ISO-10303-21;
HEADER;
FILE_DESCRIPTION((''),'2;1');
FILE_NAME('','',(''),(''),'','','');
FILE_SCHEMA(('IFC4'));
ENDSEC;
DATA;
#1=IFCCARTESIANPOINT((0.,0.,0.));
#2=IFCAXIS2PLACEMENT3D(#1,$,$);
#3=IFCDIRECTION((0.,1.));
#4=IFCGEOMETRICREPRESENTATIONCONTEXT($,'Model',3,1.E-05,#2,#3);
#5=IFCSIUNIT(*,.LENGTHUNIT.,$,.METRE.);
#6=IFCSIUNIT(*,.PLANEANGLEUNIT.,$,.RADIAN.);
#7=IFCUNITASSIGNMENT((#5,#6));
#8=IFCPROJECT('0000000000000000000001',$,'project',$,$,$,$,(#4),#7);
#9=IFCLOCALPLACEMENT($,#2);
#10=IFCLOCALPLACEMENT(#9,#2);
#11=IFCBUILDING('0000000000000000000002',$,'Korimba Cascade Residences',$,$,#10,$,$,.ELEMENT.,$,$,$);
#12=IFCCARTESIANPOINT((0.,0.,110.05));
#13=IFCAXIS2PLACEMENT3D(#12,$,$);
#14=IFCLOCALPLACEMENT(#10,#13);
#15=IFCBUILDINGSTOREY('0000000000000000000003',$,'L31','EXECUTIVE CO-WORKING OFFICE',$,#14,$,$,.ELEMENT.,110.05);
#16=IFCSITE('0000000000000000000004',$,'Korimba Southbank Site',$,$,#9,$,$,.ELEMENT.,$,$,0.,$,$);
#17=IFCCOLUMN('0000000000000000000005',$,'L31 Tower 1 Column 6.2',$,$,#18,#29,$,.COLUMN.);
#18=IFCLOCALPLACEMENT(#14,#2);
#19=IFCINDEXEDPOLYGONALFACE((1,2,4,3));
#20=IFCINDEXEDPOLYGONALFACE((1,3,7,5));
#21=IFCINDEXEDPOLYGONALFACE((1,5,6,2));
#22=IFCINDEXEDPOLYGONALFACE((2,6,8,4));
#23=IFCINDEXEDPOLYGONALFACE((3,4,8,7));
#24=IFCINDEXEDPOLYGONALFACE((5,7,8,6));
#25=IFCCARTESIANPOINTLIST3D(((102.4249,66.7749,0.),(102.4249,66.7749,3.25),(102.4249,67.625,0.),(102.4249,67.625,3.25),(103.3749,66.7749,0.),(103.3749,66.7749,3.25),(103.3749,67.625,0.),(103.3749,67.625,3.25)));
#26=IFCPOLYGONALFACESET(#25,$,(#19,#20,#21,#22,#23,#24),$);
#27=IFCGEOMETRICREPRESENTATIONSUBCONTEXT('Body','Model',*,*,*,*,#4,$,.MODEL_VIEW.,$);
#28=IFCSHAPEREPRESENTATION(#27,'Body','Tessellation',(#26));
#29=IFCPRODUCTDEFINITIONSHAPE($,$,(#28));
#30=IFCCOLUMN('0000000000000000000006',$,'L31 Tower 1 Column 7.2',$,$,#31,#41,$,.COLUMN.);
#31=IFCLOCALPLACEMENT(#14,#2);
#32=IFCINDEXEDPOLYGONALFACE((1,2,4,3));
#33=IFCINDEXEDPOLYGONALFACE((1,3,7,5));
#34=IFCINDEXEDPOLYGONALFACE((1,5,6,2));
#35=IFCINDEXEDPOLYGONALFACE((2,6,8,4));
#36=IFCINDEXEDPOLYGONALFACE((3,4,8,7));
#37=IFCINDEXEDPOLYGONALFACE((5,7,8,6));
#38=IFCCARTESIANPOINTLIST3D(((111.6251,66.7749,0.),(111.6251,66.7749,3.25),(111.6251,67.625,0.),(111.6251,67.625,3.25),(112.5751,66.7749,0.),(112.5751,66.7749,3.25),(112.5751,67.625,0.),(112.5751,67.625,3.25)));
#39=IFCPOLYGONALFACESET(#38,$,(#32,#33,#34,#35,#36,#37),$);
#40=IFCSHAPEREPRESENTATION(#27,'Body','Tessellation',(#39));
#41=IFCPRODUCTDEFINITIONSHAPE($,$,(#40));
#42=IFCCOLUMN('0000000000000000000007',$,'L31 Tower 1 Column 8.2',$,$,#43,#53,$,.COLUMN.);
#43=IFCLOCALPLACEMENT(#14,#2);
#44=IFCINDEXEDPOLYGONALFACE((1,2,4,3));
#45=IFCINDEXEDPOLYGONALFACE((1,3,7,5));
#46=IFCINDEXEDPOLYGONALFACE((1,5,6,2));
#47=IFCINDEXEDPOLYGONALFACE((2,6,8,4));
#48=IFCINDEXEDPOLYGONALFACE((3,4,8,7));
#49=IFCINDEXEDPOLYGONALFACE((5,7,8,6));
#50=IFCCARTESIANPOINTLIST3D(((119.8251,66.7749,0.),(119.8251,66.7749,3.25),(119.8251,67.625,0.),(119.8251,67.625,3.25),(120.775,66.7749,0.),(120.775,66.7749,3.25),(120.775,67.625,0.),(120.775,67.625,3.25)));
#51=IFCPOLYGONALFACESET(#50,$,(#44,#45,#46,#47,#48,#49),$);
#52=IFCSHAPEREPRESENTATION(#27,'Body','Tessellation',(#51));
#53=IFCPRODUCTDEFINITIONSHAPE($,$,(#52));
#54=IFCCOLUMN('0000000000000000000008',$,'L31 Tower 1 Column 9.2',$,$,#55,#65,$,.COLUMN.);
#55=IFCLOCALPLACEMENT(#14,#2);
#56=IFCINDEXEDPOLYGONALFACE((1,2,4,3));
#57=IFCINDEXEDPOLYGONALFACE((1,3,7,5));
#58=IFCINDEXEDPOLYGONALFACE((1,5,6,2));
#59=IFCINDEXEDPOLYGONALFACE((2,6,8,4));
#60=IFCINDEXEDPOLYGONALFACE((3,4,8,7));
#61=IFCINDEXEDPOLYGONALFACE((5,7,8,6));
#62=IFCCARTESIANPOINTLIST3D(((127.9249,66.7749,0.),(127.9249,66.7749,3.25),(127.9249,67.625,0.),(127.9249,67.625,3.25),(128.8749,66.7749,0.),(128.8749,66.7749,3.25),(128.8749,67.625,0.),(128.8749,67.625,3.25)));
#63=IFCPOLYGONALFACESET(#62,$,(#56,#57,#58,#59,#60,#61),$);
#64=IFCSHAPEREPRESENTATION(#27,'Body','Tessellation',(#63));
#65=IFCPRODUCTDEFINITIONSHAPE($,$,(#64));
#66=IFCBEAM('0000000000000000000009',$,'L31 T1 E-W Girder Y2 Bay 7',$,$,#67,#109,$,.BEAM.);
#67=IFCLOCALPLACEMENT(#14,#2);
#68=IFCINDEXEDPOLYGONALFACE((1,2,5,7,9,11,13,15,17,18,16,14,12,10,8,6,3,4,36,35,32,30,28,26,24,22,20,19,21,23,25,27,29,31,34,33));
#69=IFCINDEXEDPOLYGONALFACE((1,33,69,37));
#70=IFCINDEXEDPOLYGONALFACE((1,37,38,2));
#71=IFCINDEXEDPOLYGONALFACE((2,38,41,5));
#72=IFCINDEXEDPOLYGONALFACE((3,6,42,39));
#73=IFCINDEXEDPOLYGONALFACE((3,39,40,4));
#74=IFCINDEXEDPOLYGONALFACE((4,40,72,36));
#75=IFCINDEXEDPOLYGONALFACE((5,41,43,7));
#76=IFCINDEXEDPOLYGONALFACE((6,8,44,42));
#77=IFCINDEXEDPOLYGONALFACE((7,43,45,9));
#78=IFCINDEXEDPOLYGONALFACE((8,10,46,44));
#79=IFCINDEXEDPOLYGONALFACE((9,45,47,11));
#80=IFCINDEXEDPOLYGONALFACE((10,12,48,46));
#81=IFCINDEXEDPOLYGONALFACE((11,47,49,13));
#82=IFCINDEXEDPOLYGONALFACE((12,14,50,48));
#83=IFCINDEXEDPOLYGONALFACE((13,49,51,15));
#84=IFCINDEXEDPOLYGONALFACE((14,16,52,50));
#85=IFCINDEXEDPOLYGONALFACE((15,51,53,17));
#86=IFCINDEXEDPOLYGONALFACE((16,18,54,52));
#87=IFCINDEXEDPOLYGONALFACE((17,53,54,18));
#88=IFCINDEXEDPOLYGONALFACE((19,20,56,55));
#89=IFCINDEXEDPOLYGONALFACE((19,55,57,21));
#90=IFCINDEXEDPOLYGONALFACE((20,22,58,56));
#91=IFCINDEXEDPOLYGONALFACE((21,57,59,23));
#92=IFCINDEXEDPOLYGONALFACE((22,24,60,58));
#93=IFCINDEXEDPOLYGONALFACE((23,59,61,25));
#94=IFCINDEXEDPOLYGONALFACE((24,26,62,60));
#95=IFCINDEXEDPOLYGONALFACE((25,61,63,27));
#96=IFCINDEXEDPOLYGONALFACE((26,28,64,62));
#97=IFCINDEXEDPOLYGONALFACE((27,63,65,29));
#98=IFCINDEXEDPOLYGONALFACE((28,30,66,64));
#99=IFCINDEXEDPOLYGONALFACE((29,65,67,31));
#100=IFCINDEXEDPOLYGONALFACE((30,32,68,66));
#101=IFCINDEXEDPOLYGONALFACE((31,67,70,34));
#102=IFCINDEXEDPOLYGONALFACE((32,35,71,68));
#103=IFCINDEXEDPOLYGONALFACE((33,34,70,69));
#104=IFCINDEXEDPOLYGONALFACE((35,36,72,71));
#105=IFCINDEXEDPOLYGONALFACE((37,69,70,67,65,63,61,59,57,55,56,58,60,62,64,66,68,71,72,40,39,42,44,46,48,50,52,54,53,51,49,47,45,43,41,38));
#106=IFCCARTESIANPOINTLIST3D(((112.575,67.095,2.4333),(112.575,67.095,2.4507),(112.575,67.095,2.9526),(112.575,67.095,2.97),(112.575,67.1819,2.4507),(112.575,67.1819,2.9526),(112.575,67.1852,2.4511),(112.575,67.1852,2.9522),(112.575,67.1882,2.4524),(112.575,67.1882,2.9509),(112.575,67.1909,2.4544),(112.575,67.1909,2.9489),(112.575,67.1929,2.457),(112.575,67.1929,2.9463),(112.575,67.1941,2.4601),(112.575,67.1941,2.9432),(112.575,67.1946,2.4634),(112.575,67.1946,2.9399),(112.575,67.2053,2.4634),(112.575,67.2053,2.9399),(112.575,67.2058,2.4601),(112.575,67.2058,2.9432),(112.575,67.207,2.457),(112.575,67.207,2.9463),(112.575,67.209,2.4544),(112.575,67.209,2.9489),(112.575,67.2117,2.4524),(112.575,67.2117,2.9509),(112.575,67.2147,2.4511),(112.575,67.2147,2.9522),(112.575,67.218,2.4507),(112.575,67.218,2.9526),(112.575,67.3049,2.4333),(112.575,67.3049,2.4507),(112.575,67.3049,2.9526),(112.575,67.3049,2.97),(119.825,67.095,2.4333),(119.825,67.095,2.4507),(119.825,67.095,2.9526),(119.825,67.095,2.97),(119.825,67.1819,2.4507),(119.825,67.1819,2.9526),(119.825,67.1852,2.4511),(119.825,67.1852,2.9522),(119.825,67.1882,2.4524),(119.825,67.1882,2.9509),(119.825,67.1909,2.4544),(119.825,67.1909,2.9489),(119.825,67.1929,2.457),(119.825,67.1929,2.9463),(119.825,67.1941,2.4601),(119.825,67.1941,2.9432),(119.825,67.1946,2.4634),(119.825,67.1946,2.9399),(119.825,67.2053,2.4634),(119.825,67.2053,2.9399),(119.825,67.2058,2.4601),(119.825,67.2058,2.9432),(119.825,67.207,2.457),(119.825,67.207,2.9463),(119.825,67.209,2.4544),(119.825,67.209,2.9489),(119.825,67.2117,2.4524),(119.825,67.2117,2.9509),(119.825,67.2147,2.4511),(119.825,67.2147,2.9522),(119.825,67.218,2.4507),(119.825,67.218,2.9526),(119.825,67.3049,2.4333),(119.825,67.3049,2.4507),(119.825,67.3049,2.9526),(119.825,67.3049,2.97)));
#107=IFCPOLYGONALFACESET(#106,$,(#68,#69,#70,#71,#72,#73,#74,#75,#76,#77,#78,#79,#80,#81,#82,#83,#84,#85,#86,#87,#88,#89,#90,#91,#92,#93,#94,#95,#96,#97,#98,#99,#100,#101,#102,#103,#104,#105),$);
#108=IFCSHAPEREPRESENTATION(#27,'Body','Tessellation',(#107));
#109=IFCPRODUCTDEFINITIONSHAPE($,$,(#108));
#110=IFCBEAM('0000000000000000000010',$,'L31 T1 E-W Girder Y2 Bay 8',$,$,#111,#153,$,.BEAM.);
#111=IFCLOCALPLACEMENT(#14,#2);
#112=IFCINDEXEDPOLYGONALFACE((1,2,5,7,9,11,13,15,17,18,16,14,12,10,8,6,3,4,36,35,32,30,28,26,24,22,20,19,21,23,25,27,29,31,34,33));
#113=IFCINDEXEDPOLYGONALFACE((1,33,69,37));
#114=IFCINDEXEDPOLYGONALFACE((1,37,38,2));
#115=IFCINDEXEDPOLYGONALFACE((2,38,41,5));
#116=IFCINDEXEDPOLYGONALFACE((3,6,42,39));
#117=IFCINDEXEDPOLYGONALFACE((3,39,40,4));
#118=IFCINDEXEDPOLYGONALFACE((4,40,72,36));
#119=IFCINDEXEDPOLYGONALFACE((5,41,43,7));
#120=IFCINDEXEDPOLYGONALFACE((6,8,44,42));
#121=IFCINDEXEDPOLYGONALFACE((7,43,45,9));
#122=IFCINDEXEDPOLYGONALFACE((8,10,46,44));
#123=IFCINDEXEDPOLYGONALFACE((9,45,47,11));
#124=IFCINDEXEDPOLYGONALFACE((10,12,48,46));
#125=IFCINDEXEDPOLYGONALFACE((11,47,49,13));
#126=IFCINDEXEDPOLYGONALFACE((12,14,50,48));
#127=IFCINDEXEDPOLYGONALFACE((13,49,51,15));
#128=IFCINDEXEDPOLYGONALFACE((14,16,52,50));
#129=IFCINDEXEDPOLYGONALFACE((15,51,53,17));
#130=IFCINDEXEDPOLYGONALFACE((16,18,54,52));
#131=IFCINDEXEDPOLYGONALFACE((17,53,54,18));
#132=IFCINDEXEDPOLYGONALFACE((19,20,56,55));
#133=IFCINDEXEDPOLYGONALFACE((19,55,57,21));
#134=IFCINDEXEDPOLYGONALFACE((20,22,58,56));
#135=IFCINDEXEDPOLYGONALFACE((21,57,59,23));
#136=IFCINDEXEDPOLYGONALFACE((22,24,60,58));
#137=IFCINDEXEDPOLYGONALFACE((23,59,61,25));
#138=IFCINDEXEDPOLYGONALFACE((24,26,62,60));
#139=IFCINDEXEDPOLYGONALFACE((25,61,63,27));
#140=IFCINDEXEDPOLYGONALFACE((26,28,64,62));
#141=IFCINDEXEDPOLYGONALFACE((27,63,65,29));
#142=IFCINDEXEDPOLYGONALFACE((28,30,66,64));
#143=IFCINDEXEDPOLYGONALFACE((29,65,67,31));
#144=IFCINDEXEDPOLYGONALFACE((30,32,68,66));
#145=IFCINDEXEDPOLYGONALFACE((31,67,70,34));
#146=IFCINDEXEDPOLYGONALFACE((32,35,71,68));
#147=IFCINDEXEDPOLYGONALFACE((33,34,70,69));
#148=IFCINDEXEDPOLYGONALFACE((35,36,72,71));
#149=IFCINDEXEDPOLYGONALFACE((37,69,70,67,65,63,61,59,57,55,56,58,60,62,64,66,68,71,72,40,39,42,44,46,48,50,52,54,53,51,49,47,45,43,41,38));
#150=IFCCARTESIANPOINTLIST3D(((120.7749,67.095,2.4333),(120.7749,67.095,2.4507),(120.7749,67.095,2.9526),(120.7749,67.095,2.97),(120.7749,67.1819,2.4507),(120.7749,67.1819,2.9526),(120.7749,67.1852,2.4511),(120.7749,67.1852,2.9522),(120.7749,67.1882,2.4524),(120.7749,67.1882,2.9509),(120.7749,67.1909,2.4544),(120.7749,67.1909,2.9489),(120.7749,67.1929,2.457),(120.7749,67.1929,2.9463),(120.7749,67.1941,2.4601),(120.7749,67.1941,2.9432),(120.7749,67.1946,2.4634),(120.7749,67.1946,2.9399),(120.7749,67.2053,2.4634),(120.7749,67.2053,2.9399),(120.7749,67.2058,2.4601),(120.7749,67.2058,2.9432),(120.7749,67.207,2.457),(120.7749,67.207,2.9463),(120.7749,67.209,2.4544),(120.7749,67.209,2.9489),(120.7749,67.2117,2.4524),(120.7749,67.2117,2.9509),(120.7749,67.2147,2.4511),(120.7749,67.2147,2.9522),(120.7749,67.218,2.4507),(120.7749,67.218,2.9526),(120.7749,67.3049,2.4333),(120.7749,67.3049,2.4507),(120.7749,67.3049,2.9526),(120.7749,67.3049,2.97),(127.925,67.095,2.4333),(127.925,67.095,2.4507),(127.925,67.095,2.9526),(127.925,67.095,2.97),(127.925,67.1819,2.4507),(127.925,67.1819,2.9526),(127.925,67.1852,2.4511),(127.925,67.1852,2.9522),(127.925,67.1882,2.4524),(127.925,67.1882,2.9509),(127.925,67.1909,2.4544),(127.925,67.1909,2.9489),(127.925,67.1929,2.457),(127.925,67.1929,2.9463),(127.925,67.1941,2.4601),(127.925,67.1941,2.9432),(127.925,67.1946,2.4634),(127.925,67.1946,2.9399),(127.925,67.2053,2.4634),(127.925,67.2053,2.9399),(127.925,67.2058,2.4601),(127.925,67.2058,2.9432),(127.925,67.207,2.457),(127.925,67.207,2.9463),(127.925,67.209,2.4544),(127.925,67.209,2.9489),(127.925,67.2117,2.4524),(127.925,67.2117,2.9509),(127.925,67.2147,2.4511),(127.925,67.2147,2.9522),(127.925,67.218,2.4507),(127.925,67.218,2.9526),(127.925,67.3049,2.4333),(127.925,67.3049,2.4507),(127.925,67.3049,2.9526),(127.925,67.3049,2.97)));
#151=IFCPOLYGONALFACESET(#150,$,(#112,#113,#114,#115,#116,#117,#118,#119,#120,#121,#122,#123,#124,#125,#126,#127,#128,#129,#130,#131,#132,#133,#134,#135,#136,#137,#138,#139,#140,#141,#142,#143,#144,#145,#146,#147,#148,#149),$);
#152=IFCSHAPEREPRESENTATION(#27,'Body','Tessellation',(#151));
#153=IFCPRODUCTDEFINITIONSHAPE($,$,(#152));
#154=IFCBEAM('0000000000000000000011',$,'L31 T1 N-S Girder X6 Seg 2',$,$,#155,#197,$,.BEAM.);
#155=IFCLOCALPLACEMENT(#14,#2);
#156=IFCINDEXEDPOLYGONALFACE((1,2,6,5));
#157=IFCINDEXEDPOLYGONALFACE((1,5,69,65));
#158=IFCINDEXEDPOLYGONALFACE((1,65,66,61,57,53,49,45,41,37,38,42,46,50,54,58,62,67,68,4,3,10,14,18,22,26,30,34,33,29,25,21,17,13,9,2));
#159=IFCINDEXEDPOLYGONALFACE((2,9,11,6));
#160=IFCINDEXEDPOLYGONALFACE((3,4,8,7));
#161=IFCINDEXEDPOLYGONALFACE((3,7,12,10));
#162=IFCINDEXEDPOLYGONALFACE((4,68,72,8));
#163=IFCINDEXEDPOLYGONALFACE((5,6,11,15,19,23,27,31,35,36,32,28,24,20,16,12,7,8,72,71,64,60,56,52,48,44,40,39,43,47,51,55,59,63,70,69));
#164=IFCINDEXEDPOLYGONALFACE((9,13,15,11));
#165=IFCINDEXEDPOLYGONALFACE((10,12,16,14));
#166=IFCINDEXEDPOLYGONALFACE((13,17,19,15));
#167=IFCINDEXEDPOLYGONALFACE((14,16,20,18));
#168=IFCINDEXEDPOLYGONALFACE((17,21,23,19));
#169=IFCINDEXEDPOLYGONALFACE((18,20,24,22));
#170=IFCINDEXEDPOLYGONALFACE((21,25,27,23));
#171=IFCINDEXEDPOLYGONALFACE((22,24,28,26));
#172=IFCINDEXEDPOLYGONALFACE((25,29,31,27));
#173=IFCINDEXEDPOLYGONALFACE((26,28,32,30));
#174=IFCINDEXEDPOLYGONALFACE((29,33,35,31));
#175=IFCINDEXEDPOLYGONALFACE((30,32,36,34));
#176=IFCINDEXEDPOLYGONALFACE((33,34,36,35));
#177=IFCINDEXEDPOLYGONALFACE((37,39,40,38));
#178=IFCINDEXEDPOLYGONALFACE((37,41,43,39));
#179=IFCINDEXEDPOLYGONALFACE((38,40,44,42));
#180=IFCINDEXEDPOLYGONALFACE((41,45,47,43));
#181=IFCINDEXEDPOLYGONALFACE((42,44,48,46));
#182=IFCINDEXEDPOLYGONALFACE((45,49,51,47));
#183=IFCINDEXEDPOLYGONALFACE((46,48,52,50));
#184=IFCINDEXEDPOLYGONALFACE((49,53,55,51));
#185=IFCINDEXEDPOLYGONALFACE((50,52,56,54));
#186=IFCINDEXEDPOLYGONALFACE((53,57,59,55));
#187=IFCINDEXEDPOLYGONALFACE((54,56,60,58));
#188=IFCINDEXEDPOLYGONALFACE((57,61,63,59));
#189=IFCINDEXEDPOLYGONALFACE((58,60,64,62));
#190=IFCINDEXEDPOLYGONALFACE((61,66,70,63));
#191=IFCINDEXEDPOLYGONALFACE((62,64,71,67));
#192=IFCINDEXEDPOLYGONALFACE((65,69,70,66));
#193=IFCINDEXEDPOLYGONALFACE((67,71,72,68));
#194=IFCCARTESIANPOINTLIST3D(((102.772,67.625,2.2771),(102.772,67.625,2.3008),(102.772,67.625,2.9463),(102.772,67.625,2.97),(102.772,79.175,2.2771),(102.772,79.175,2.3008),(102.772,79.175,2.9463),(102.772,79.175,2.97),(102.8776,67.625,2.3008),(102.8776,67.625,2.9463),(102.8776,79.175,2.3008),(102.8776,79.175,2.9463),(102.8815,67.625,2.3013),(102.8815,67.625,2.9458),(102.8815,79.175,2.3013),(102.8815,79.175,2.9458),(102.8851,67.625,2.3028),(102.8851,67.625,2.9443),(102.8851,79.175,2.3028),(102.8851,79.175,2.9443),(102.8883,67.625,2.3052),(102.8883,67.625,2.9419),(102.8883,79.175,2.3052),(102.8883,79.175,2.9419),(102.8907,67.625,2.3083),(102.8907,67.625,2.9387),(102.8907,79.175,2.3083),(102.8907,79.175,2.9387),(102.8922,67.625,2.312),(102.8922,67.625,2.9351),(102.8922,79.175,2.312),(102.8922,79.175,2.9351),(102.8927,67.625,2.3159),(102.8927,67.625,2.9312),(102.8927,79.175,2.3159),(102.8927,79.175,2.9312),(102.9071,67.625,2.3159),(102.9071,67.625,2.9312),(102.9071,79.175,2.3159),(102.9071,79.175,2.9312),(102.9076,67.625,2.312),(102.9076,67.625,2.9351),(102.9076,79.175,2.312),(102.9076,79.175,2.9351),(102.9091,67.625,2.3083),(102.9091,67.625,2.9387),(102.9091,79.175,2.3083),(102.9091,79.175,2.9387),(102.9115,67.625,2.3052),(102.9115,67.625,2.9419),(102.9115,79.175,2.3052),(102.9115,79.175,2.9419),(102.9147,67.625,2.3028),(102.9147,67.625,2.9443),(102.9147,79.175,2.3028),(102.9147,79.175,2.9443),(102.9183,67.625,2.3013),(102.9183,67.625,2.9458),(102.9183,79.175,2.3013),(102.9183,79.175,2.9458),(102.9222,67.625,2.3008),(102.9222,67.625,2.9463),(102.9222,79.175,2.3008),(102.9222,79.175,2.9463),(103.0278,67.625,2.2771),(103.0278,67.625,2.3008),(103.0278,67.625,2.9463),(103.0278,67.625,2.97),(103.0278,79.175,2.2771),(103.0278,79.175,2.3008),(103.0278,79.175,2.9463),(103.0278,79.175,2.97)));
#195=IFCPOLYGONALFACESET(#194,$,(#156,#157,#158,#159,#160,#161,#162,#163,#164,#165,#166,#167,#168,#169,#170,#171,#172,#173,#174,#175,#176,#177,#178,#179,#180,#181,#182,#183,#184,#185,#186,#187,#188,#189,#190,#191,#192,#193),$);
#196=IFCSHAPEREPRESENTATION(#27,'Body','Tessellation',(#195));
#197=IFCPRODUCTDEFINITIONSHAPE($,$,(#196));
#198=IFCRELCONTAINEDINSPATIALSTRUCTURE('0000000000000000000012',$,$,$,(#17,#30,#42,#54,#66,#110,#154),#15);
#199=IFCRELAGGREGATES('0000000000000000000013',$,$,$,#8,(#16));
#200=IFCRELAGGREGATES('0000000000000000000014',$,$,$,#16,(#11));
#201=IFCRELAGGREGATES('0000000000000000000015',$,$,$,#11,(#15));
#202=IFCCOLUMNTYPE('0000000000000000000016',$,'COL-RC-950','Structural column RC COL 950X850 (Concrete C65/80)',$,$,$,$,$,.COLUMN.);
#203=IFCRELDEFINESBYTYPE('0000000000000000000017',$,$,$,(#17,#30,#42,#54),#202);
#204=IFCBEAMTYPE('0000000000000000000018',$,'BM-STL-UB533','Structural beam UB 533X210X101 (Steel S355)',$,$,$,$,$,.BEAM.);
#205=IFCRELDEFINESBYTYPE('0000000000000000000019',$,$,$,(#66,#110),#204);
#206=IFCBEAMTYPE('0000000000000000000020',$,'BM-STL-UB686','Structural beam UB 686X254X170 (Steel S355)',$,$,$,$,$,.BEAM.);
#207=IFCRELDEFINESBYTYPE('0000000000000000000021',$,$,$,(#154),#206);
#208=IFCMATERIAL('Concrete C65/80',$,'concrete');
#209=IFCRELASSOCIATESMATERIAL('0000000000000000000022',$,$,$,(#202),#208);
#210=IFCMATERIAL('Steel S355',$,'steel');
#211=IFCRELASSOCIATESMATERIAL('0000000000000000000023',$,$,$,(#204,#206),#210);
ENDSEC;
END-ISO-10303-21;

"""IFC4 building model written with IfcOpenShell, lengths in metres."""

from ifc_helpers import new_model, si_unit, direction, frame, origin, origin_2d, place, context, subcontext, project, spatial, rectangle, i_section, extrude, material, material_profile, profile_set, type_object, element, save


model = new_model("IFC4")

# Units and contexts
model_context = context("Model", 3, precision=1e-05, world=origin(), true_north=direction((0.0, 1.0)))
body_context = subcontext(model_context, "Body", "Model", "MODEL_VIEW")
ifc_project = project(units=[si_unit("LENGTHUNIT", "METRE"), si_unit("PLANEANGLEUNIT", "RADIAN")], contexts=[model_context])

# Site, building, storey
site_placement = place(None, origin())
site = spatial("IfcSite", under=ifc_project, at=site_placement, Name="Korimba Southbank Site", CompositionType="ELEMENT", RefElevation=0.0)
building_placement = place(site_placement, origin())
building = spatial("IfcBuilding", under=site, at=building_placement, Name="Korimba Cascade Residences", CompositionType="ELEMENT")
storey_placement = place(building_placement, frame((0.0, 0.0, 110.05)))
storey = spatial("IfcBuildingStorey", under=building, at=storey_placement, Name="L31", Description="EXECUTIVE CO-WORKING OFFICE", CompositionType="ELEMENT", Elevation=110.05)

# Columns
ifc_material_1 = material(Name="Concrete C65/80", Category="concrete")
ifc_material_profile_1 = material_profile(ifc_material_1, rectangle(XDim=0.95, YDim=0.8501, at=origin_2d()), Name="Concrete C65/80")
ifc_profile_set_1 = profile_set([ifc_material_profile_1], Name="Concrete C65/80")
column_type = type_object("IfcColumnType", Name="COL-RC-950", Description="Structural column RC COL 950X850 (Concrete C65/80)", PredefinedType="COLUMN", material=ifc_profile_set_1)
for number, where, z_axis, x_axis, name in (
    (1, (102.8999, 67.2, 0.0), (0.0, 0.0, 1.0), (1.0, 0.0, 0.0), "L31 Tower 1 Column 6.2"),
    (2, (112.1001, 67.2, 0.0), (0.0, 0.0, 1.0), (1.0, 0.0, 0.0), "L31 Tower 1 Column 7.2"),
    (3, (120.3, 67.2, 0.0), (0.0, 0.0, 1.0), (1.0, 0.0, 0.0), "L31 Tower 1 Column 8.2"),
    (4, (128.3999, 67.2, 0.0), (0.0, 0.0, 1.0), (1.0, 0.0, 0.0), "L31 Tower 1 Column 9.2"),
):
    element("IfcColumn", number, at=place(storey_placement, frame(where, z_axis=z_axis, x_axis=x_axis)), inside=storey, type_object=column_type, Name=name, PredefinedType="COLUMN", context=body_context, shape_type="SweptSolid", body=[
        extrude(rectangle(XDim=0.95, YDim=0.8501, at=origin_2d()), origin(), (0.0, 0.0, 1.0), 3.25),
    ])

# Beams
ifc_material_2 = material(Name="Steel S355", Category="steel")
ifc_material_profile_2 = material_profile(ifc_material_2, i_section(OverallWidth=0.21, OverallDepth=0.5366, WebThickness=0.0107, FlangeThickness=0.0173, FilletRadius=0.0127, at=origin_2d()), Name="Steel S355")
ifc_profile_set_2 = profile_set([ifc_material_profile_2], Name="Steel S355")
beam_type_1 = type_object("IfcBeamType", Name="BM-STL-UB533", Description="Structural beam UB 533X210X101 (Steel S355)", PredefinedType="BEAM", material=ifc_profile_set_2)
beam_1_placement = place(storey_placement, frame((112.575, 67.2, 2.7017), z_axis=(1.0, 0.0, 0.0), x_axis=(0.0, 1.0, 0.0)))
element("IfcBeam", 5, at=beam_1_placement, inside=storey, type_object=beam_type_1, Name="L31 T1 E-W Girder Y2 Bay 7", PredefinedType="BEAM", context=body_context, shape_type="SweptSolid", body=[
    extrude(i_section(OverallWidth=0.21, OverallDepth=0.5366, WebThickness=0.0107, FlangeThickness=0.0173, FilletRadius=0.0127, at=origin_2d()), origin(), (0.0, 0.0, 1.0), 7.25),
])
beam_2_placement = place(storey_placement, frame((120.7749, 67.2, 2.7017), z_axis=(1.0, 0.0, 0.0), x_axis=(0.0, 1.0, 0.0)))
element("IfcBeam", 6, at=beam_2_placement, inside=storey, type_object=beam_type_1, Name="L31 T1 E-W Girder Y2 Bay 8", PredefinedType="BEAM", context=body_context, shape_type="SweptSolid", body=[
    extrude(i_section(OverallWidth=0.21, OverallDepth=0.5366, WebThickness=0.0107, FlangeThickness=0.0173, FilletRadius=0.0127, at=origin_2d()), origin(), (0.0, 0.0, 1.0), 7.1501),
])
ifc_material_profile_3 = material_profile(ifc_material_2, i_section(OverallWidth=0.2559, OverallDepth=0.6929, WebThickness=0.0144, FlangeThickness=0.0237, FilletRadius=0.0151, at=origin_2d()), Name="Steel S355")
ifc_profile_set_3 = profile_set([ifc_material_profile_3], Name="Steel S355")
beam_type_2 = type_object("IfcBeamType", Name="BM-STL-UB686", Description="Structural beam UB 686X254X170 (Steel S355)", PredefinedType="BEAM", material=ifc_profile_set_3)
for number, where, z_axis, x_axis, name in (
    (7, (102.8999, 67.625, 2.6235), (0.0, 1.0, 0.0), (-1.0, 0.0, 0.0), "L31 T1 N-S Girder X6 Seg 2"),
):
    element("IfcBeam", number, at=place(storey_placement, frame(where, z_axis=z_axis, x_axis=x_axis)), inside=storey, type_object=beam_type_2, Name=name, PredefinedType="BEAM", context=body_context, shape_type="SweptSolid", body=[
        extrude(i_section(OverallWidth=0.2559, OverallDepth=0.6929, WebThickness=0.0144, FlangeThickness=0.0237, FilletRadius=0.0151, at=origin_2d()), origin(), (0.0, 0.0, 1.0), 11.55),
    ])

save(model, "model.ifc")
